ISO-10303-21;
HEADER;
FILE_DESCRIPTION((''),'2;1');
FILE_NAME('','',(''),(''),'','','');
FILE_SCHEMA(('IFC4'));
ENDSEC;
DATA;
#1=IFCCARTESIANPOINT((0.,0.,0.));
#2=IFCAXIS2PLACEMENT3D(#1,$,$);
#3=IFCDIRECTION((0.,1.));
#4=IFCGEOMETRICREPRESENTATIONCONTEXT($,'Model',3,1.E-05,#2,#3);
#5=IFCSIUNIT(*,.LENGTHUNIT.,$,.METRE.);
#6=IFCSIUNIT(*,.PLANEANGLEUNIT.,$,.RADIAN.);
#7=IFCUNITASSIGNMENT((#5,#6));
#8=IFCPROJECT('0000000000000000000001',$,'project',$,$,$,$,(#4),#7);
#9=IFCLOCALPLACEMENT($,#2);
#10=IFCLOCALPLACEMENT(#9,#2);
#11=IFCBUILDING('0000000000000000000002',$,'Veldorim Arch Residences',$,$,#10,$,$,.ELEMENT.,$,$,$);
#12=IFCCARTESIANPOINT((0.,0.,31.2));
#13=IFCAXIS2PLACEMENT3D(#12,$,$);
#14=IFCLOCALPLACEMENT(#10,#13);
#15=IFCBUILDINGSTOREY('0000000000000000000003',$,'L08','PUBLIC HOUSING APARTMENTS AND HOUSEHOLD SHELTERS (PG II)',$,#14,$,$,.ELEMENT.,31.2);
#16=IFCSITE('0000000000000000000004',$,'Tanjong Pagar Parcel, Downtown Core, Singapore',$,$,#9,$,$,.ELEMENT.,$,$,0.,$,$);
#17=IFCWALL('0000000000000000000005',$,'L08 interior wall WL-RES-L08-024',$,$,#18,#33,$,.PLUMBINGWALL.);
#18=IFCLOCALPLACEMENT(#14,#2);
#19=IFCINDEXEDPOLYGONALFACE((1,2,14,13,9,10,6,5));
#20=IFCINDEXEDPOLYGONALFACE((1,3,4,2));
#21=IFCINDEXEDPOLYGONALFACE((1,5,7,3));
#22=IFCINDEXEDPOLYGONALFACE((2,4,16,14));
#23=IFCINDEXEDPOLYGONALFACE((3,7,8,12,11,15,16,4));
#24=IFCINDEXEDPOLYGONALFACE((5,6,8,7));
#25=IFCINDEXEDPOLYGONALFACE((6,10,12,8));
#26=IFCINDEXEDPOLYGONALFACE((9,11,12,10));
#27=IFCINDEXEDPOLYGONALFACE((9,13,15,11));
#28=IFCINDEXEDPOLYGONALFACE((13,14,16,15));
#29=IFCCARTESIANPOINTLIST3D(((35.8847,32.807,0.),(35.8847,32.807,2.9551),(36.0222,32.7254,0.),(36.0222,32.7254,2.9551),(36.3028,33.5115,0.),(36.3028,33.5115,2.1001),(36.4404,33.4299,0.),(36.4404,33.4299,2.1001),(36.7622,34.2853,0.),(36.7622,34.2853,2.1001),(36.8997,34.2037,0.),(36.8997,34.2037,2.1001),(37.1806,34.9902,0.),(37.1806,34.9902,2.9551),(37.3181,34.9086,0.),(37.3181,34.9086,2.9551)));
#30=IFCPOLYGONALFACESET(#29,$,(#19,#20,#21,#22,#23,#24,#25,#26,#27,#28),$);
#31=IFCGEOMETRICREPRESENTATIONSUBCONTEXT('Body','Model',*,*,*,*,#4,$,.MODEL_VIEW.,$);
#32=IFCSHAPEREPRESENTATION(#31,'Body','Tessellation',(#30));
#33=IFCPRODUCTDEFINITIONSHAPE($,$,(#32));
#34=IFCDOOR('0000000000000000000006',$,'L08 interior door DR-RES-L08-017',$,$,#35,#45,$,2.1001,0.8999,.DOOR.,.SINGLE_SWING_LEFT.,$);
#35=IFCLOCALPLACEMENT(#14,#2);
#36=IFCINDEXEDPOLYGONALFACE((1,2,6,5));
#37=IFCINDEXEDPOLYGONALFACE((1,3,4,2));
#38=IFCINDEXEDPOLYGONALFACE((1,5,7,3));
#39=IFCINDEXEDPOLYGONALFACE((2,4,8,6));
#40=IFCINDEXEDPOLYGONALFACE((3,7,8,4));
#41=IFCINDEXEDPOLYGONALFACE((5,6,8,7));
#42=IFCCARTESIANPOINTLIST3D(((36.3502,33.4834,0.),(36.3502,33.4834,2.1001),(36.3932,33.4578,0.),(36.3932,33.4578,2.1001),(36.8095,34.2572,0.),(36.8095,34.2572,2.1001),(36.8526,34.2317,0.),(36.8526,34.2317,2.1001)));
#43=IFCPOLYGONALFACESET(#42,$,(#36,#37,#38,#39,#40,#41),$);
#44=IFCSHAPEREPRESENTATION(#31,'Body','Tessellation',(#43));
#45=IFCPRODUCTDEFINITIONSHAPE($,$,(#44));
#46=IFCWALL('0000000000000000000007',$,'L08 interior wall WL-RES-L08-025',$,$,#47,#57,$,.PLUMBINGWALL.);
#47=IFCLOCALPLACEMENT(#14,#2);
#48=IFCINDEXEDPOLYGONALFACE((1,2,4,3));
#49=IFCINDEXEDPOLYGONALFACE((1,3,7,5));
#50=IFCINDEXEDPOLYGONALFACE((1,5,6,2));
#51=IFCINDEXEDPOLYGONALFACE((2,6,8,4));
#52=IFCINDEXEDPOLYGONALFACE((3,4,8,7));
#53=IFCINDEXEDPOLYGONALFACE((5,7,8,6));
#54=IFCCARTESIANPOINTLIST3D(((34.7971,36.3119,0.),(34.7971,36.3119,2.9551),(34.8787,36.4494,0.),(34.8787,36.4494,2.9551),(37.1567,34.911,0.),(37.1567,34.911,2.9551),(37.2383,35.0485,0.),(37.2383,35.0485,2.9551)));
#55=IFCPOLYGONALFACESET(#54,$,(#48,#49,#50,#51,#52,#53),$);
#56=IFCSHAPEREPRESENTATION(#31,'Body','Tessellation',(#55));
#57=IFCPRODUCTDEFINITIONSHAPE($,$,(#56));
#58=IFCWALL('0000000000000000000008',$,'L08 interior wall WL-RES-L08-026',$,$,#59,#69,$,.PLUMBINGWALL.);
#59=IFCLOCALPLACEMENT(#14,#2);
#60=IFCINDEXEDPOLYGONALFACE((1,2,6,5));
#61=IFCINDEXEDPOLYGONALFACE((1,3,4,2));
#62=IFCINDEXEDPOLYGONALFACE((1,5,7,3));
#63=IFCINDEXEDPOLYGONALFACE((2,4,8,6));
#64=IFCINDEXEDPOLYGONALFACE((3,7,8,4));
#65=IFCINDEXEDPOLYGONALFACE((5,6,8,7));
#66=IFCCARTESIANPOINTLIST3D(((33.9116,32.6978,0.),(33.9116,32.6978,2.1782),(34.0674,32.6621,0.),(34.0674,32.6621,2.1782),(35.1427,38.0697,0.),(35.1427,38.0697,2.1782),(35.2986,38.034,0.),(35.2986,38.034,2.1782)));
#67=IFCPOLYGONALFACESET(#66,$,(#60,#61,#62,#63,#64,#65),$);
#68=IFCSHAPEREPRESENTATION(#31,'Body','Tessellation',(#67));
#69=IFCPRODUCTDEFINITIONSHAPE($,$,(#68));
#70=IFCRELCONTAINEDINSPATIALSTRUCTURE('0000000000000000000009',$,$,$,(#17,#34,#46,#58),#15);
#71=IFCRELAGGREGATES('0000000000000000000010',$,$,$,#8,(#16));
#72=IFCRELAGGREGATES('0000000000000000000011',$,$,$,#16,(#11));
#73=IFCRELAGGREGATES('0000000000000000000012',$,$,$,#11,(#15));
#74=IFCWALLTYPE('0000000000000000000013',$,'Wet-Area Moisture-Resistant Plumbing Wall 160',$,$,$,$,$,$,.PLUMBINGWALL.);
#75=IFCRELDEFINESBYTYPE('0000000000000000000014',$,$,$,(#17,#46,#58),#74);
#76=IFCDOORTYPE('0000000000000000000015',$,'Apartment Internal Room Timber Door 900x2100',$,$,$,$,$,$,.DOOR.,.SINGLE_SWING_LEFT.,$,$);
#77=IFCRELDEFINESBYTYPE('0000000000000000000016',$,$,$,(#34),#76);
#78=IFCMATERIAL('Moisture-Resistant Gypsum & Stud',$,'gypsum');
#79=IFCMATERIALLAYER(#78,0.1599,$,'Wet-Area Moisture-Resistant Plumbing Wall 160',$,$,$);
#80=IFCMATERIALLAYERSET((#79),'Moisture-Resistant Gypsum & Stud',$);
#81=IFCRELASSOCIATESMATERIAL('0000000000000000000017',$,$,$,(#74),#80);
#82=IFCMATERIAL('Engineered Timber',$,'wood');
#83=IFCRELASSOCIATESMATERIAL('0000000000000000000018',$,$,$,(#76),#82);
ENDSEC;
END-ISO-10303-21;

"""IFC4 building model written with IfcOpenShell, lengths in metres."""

from ifc_helpers import new_model, si_unit, direction, frame, frame_2d, origin, place, context, subcontext, project, spatial, rectangle, extrude, material, layer, layer_set, type_object, element, fill, save


model = new_model("IFC4")

# Units and contexts
model_context = context("Model", 3, precision=1e-05, world=origin(), true_north=direction((0.0, 1.0)))
body_context = subcontext(model_context, "Body", "Model", "MODEL_VIEW")
ifc_project = project(units=[si_unit("LENGTHUNIT", "METRE"), si_unit("PLANEANGLEUNIT", "RADIAN")], contexts=[model_context])

# Site, building, storey
site_placement = place(None, origin())
site = spatial("IfcSite", under=ifc_project, at=site_placement, Name="Tanjong Pagar Parcel, Downtown Core, Singapore", CompositionType="ELEMENT", RefElevation=0.0)
building_placement = place(site_placement, origin())
building = spatial("IfcBuilding", under=site, at=building_placement, Name="Veldorim Arch Residences", CompositionType="ELEMENT")
storey_placement = place(building_placement, frame((0.0, 0.0, 31.2)))
storey = spatial("IfcBuildingStorey", under=building, at=storey_placement, Name="L08", Description="PUBLIC HOUSING APARTMENTS AND HOUSEHOLD SHELTERS (PG II)", CompositionType="ELEMENT", Elevation=31.2)

# Wall, opening, door
ifc_material_1 = material(Name="Moisture-Resistant Gypsum & Stud", Category="gypsum")
ifc_layer_1 = layer(ifc_material_1, 0.1599, Name="Wet-Area Moisture-Resistant Plumbing Wall 160")
ifc_layer_set_1 = layer_set([ifc_layer_1], Name="Moisture-Resistant Gypsum & Stud")
wall_type_1 = type_object("IfcWallType", Name="Wet-Area Moisture-Resistant Plumbing Wall 160", PredefinedType="PLUMBINGWALL", material=ifc_layer_set_1)
wall_1_placement = place(storey_placement, frame((35.9534, 32.7661, 0.0), z_axis=(0.0, 0.0, 1.0), x_axis=(0.510445, 0.85991, 0.0)))
wall_1 = element("IfcWall", 1, at=wall_1_placement, inside=storey, type_object=wall_type_1, Name="L08 interior wall WL-RES-L08-024", PredefinedType="PLUMBINGWALL", context=body_context, shape_type="SweptSolid", body=[
    extrude(rectangle(XDim=2.5388, YDim=0.1599, at=frame_2d((1.2695, 0.0))), origin(), (0.0, 0.0, 1.0), 2.9551),
])
opening_1_placement = place(wall_1_placement, frame((0.8193, 0.0, 0.0)))
opening_1 = element("IfcOpeningElement", 2, at=opening_1_placement, cuts=wall_1, PredefinedType="OPENING", context=body_context, shape_type="SweptSolid", body=[
    extrude(rectangle(XDim=0.8999, YDim=2.1001, at=frame_2d((0.45, 1.05))), frame((0.0, 0.0898, 0.0), z_axis=(0.0, -1.0, 0.0), x_axis=(1.0, 0.0, 0.0)), (0.0, 0.0, 1.0), 0.1799),
])
ifc_material_2 = material(Name="Engineered Timber", Category="wood")
door_type_1 = type_object("IfcDoorType", Name="Apartment Internal Room Timber Door 900x2100", OperationType="SINGLE_SWING_LEFT", PredefinedType="DOOR", material=ifc_material_2)
door_1_placement = place(opening_1_placement, origin())
door_1 = element("IfcDoor", 3, at=door_1_placement, inside=storey, type_object=door_type_1, Name="L08 interior door DR-RES-L08-017", OperationType="SINGLE_SWING_LEFT", OverallHeight=2.1001, OverallWidth=0.8999, PredefinedType="DOOR", context=body_context, shape_type="SweptSolid", body=[
    extrude(rectangle(XDim=0.8999, YDim=2.1001, at=frame_2d((0.45, 1.05))), frame((0.0, 0.0249, 0.0), z_axis=(0.0, -1.0, 0.0), x_axis=(1.0, 0.0, 0.0)), (0.0, 0.0, 1.0), 0.05),
])
fill(opening_1, door_1)

# Walls
wall_2_placement = place(storey_placement, frame((37.1975, 34.9797, 0.0), z_axis=(0.0, 0.0, 1.0), x_axis=(-0.859878, 0.5105, 0.0)))
element("IfcWall", 4, at=wall_2_placement, inside=storey, type_object=wall_type_1, Name="L08 interior wall WL-RES-L08-025", PredefinedType="PLUMBINGWALL", context=body_context, shape_type="SweptSolid", body=[
    extrude(rectangle(XDim=2.7441, YDim=0.1599, at=frame_2d((1.3721, 0.0))), origin(), (0.0, 0.0, 1.0), 2.9551),
])
wall_3_placement = place(storey_placement, frame((33.9895, 32.6799, 0.0), z_axis=(0.0, 0.0, 1.0), x_axis=(0.223394, 0.974728, 0.0)))
element("IfcWall", 5, at=wall_3_placement, inside=storey, type_object=wall_type_1, Name="L08 interior wall WL-RES-L08-026", PredefinedType="PLUMBINGWALL", context=body_context, shape_type="SweptSolid", body=[
    extrude(rectangle(XDim=5.5112, YDim=0.1599, at=frame_2d((2.7556, 0.0))), origin(), (0.0, 0.0, 1.0), 2.1782),
])

save(model, "model.ifc")
